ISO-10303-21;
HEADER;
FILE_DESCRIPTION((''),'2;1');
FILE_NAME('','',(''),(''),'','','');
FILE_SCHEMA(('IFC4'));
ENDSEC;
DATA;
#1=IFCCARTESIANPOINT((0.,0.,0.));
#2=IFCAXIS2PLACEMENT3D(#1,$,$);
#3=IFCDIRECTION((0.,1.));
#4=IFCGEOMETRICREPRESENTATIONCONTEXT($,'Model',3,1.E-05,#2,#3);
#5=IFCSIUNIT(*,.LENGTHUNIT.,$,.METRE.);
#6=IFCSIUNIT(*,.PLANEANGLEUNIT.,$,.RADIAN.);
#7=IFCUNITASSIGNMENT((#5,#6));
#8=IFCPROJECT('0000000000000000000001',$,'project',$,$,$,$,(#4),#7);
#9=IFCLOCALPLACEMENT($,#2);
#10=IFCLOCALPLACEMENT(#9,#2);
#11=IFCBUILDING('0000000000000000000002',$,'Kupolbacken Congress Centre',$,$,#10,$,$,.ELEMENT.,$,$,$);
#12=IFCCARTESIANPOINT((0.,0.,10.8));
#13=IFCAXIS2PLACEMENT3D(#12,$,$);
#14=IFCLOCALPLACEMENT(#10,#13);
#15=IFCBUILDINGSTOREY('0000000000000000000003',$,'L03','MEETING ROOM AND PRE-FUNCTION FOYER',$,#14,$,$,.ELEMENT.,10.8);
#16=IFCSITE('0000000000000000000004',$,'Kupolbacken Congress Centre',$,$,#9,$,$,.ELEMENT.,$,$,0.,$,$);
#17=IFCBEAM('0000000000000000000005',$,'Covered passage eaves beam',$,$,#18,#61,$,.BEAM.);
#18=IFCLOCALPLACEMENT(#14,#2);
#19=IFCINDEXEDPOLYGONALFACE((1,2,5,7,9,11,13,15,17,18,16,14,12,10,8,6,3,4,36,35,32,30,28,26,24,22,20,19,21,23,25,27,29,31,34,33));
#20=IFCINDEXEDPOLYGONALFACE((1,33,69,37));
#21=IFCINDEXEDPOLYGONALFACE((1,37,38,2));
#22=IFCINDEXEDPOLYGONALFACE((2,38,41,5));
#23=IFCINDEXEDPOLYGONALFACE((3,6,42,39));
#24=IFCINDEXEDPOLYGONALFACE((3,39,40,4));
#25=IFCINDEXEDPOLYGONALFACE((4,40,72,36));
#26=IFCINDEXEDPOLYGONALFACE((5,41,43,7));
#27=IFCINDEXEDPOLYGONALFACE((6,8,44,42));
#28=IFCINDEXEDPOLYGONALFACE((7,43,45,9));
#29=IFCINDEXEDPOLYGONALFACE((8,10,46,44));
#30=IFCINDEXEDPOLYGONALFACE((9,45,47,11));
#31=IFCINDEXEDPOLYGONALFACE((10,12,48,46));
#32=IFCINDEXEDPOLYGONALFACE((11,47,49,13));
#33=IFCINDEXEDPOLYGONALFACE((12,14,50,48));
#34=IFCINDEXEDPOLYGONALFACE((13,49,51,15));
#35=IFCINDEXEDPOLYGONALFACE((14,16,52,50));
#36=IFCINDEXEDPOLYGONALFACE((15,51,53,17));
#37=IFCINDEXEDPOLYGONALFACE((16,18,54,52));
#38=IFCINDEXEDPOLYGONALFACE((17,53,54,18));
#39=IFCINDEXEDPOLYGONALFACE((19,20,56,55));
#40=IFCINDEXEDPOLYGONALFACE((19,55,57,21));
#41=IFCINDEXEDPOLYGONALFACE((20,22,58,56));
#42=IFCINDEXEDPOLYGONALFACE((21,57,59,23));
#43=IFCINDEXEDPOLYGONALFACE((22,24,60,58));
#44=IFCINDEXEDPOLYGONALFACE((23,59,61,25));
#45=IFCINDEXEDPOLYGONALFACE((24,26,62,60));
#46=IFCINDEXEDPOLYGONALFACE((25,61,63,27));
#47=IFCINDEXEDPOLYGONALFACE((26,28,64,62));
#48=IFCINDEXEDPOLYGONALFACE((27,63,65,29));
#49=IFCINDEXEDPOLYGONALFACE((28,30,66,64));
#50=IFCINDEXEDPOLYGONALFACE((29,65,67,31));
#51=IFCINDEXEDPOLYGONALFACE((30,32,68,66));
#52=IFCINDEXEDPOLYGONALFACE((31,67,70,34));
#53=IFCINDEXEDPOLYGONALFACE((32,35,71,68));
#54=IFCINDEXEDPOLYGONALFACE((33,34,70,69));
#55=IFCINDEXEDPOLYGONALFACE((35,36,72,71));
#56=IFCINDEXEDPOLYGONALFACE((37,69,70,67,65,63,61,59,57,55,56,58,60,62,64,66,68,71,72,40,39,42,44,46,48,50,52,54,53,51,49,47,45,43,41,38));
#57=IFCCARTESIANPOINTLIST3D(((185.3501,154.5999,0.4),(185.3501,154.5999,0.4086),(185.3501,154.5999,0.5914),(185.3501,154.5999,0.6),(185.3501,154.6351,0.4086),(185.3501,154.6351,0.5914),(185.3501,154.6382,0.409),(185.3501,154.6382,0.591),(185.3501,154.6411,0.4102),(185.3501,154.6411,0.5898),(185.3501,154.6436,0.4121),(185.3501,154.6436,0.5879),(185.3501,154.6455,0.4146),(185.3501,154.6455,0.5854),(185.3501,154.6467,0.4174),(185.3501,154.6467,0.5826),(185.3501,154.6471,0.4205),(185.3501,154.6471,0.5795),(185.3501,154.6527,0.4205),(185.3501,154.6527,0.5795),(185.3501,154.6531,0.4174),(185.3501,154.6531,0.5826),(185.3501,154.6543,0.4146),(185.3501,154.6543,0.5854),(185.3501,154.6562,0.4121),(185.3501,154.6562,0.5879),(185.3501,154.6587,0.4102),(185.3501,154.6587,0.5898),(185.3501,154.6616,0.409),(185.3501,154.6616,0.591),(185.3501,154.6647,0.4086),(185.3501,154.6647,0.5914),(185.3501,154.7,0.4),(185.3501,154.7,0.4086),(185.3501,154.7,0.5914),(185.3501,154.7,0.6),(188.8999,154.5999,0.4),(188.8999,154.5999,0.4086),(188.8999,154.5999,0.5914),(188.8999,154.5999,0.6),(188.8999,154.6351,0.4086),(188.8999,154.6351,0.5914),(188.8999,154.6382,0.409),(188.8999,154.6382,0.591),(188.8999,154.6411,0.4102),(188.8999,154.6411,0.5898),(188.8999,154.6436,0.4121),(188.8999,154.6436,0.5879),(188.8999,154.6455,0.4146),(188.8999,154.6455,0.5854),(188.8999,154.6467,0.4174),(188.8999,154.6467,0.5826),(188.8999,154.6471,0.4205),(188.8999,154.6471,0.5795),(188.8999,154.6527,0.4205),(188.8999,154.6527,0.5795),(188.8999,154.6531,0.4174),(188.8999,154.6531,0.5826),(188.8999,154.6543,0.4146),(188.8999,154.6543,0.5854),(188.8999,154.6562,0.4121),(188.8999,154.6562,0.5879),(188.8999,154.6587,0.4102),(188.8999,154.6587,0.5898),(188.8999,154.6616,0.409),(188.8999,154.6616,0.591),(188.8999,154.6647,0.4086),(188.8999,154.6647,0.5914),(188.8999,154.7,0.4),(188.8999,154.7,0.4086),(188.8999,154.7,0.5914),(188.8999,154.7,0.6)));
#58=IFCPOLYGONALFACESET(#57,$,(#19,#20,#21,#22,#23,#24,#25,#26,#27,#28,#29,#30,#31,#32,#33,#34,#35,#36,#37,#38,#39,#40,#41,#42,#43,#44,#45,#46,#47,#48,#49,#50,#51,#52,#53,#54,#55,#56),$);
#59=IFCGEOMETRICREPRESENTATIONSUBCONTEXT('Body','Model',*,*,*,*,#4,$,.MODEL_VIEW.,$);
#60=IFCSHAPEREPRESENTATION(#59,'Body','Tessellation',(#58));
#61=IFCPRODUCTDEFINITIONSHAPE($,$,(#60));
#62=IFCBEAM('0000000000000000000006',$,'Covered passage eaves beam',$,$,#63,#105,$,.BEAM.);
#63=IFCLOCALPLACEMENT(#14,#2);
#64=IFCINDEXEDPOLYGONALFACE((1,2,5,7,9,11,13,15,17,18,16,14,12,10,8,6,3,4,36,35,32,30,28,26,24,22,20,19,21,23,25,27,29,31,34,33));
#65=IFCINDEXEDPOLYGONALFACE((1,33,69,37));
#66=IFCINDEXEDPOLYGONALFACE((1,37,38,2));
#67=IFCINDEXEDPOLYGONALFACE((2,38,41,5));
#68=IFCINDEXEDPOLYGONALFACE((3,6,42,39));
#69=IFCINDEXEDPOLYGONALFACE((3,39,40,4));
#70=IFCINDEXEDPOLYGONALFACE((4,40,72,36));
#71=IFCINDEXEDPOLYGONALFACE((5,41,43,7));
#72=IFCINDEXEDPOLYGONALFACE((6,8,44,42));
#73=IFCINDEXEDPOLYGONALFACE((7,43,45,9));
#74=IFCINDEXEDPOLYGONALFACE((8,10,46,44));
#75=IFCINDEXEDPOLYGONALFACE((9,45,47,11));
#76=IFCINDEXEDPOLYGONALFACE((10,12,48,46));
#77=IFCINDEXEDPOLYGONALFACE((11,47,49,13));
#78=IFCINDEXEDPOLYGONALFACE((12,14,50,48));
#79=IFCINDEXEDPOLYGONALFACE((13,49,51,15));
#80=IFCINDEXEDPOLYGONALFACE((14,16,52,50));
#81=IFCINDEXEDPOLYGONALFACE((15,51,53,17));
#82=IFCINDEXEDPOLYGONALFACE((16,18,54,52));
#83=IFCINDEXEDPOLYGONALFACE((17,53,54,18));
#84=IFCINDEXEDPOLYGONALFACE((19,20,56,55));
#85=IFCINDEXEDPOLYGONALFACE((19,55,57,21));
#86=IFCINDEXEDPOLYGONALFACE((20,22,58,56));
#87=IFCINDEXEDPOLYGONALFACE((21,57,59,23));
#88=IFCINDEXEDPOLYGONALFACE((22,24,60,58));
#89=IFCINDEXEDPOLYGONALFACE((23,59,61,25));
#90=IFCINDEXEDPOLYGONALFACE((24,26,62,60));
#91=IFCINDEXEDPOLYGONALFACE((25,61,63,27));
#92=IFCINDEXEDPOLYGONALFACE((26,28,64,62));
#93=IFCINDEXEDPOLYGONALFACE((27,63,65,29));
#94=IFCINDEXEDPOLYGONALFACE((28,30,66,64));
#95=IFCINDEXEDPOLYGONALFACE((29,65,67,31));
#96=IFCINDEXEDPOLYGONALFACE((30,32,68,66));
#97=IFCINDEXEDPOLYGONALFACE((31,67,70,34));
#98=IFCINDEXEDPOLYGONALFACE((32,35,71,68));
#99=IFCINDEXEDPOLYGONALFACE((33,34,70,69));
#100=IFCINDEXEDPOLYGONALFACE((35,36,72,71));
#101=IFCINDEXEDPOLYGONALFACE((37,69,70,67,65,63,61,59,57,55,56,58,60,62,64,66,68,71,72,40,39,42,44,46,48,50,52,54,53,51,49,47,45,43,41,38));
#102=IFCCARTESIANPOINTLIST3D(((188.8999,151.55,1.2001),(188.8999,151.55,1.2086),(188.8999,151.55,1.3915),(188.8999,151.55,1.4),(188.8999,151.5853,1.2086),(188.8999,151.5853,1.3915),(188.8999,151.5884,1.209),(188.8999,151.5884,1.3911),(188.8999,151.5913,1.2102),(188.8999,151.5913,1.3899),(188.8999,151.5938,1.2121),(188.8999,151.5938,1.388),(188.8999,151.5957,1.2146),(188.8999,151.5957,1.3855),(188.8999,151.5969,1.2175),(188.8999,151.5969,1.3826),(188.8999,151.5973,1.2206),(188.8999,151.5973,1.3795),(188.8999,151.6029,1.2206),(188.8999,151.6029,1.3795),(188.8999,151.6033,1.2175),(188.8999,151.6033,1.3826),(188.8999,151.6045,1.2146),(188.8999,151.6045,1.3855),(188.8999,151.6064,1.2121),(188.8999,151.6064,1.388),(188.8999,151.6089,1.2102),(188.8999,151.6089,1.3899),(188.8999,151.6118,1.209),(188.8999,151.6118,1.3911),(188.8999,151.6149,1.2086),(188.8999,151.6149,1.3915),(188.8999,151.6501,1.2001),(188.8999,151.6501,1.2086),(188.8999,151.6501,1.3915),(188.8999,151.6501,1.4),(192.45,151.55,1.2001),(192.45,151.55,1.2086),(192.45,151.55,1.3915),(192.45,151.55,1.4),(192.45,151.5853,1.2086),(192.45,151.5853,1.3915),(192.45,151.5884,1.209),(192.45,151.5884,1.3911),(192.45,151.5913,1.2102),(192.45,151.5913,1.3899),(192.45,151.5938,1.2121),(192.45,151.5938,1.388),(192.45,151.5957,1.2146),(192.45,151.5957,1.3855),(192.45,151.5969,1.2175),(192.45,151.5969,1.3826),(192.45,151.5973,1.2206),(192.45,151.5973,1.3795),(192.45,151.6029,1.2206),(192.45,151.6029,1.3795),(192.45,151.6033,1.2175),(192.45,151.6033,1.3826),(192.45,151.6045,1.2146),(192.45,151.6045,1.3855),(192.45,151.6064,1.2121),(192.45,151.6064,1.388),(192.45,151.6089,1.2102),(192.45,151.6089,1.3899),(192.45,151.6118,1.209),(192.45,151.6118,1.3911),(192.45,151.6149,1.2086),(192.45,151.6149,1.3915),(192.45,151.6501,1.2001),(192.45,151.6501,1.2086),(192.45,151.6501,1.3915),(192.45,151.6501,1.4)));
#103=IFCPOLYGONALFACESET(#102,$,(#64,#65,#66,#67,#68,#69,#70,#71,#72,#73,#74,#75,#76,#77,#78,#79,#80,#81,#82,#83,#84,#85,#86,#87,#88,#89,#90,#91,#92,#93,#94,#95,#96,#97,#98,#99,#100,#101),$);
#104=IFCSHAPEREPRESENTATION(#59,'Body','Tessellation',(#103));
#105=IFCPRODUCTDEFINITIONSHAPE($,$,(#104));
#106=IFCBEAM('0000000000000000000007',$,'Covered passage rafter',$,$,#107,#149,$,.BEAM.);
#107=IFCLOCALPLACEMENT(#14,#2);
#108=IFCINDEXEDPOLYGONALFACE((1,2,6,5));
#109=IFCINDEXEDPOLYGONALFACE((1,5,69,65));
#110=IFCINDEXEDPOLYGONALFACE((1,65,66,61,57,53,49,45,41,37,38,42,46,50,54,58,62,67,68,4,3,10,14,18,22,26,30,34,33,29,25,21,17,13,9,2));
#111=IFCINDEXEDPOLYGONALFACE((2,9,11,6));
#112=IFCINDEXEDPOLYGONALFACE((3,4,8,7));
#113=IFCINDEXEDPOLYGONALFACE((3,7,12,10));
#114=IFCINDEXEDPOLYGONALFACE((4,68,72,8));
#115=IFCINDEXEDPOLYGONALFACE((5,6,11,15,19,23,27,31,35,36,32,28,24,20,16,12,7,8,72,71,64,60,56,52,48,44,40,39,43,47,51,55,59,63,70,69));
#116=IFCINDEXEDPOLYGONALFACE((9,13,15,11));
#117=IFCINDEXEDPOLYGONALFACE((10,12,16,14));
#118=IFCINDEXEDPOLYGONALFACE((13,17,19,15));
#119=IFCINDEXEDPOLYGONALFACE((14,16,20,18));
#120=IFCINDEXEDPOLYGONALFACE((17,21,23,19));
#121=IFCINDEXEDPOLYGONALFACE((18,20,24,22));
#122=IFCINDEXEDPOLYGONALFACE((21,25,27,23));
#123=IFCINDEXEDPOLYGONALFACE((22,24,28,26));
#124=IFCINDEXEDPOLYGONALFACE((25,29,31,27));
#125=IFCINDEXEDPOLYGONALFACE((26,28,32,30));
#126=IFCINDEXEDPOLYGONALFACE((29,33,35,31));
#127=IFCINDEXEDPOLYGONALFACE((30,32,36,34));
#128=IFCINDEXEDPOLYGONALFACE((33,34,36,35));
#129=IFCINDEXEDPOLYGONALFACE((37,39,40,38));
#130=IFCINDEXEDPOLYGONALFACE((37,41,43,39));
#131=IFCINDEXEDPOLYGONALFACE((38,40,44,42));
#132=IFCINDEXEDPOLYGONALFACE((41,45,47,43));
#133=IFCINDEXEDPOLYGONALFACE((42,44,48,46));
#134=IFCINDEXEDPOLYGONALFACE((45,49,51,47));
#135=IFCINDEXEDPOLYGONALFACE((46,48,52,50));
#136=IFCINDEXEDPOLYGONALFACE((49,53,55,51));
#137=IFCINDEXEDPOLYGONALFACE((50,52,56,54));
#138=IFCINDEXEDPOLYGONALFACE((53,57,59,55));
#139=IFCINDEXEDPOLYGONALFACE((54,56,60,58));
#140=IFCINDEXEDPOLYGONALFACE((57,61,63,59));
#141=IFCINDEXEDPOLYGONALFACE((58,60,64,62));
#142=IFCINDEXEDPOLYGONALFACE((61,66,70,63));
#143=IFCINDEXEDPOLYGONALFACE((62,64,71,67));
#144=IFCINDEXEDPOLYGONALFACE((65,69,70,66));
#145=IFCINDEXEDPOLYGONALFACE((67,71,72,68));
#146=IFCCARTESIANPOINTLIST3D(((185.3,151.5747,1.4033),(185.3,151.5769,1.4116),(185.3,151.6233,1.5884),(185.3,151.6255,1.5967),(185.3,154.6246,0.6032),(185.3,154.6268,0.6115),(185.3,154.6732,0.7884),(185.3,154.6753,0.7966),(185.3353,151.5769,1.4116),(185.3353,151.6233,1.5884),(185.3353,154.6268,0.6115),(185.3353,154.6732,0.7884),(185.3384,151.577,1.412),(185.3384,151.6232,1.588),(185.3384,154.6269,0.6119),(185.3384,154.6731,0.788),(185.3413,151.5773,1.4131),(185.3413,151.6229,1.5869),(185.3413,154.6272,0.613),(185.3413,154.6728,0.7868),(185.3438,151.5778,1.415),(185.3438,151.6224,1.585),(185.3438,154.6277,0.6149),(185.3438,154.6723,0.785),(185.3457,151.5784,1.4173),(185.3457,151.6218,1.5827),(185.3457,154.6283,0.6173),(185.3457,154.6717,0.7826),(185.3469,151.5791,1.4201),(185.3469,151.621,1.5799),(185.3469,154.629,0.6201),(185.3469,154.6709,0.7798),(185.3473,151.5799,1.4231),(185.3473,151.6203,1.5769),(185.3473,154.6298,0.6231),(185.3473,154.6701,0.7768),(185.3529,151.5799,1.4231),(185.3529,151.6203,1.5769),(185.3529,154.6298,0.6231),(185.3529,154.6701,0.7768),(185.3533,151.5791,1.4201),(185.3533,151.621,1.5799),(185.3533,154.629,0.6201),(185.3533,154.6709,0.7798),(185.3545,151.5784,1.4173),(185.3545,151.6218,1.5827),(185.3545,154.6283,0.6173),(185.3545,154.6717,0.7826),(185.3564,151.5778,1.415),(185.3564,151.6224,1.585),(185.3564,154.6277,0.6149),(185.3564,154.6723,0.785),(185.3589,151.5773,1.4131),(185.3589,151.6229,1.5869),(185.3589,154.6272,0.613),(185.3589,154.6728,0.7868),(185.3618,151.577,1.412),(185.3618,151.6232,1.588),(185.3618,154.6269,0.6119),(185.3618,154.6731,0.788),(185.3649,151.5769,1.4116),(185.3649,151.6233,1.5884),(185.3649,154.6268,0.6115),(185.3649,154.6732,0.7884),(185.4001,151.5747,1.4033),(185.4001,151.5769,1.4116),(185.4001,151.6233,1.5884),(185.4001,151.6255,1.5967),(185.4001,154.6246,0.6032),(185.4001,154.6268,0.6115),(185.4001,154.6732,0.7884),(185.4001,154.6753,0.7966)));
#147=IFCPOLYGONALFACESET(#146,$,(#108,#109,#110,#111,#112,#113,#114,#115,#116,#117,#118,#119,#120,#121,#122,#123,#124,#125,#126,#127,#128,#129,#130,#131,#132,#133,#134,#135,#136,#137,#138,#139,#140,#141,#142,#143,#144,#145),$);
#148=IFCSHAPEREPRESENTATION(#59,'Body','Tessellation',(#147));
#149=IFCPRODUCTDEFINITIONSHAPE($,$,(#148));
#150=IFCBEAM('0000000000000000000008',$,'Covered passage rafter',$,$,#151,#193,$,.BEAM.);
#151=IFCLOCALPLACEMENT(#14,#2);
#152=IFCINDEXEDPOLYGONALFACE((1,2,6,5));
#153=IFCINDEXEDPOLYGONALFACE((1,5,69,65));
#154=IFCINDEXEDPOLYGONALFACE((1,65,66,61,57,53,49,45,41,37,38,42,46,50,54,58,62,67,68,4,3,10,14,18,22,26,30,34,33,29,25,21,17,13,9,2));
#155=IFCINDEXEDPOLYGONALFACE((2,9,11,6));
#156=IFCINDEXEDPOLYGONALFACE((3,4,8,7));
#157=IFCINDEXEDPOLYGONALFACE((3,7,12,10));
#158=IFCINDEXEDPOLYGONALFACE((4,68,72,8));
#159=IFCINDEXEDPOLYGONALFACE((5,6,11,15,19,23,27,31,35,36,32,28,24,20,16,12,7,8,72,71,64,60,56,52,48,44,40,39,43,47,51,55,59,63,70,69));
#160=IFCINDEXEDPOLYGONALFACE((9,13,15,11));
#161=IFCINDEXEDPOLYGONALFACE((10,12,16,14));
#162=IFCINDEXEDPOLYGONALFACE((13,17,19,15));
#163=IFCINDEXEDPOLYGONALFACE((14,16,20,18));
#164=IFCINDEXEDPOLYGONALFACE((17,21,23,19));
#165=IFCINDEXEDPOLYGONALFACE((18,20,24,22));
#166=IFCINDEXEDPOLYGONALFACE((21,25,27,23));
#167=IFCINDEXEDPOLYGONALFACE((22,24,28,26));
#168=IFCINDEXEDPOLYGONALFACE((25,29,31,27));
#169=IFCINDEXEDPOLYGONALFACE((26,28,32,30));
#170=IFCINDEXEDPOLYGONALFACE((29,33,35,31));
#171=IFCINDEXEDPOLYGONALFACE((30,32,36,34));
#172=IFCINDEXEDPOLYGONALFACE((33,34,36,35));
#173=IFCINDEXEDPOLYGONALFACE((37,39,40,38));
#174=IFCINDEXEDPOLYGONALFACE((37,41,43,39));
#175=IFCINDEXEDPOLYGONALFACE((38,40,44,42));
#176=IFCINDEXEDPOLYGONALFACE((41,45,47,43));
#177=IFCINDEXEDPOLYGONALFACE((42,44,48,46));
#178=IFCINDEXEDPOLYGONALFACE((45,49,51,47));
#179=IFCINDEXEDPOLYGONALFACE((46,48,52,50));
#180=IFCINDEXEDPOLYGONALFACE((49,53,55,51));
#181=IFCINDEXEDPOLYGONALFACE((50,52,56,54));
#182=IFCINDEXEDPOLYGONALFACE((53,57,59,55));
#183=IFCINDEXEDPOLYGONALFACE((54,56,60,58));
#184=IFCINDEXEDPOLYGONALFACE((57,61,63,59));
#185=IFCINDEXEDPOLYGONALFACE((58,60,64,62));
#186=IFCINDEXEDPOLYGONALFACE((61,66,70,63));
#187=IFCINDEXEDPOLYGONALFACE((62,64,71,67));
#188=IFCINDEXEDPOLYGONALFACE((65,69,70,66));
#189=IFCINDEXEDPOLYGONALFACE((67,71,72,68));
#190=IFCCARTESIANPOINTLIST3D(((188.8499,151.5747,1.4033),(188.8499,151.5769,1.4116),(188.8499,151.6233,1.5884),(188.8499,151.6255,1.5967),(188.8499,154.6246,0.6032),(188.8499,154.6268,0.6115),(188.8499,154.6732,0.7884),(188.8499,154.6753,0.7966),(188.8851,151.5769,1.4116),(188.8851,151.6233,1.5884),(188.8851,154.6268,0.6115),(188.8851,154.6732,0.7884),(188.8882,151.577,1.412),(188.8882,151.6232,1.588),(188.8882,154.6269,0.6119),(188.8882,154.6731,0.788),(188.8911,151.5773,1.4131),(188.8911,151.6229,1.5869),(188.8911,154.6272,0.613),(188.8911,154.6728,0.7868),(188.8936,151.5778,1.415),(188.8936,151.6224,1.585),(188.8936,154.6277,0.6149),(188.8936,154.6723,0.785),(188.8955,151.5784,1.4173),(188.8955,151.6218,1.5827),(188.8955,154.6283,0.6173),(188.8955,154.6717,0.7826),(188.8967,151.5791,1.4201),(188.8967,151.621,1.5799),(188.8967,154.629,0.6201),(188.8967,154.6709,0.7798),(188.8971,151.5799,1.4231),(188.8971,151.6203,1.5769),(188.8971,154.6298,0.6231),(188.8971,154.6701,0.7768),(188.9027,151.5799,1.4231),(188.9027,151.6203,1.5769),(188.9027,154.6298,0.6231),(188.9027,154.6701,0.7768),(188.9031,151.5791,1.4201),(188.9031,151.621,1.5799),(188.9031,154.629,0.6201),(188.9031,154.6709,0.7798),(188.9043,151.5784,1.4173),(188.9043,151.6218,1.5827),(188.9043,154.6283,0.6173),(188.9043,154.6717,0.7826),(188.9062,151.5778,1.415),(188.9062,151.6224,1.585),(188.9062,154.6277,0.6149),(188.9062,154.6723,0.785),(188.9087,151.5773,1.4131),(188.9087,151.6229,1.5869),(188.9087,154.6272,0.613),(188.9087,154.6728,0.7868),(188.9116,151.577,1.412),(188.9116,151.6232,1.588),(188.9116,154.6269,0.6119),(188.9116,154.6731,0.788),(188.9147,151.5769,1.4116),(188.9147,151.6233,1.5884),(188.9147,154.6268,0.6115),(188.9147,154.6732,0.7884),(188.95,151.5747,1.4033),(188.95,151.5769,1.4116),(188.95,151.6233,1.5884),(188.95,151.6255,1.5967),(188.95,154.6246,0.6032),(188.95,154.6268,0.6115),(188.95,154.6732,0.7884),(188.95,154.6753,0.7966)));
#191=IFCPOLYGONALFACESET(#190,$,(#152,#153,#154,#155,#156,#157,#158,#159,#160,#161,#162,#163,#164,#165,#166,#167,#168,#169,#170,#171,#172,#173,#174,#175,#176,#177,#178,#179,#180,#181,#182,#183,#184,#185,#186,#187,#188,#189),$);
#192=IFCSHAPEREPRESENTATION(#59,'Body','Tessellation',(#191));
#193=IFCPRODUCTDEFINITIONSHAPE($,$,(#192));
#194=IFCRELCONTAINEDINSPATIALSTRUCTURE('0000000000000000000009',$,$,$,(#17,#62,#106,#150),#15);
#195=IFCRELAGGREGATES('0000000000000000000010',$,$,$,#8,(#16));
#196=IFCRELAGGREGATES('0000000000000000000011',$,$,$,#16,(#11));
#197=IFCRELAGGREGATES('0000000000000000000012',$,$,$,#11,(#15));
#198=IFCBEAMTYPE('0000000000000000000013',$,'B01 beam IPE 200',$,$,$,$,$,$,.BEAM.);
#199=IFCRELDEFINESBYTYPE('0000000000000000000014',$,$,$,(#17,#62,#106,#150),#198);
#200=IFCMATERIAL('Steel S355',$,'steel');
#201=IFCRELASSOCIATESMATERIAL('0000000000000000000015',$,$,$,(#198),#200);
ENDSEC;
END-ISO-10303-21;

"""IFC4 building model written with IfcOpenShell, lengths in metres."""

from ifc_helpers import new_model, si_unit, direction, frame, origin, origin_2d, place, context, subcontext, project, spatial, i_section, extrude, material, material_profile, profile_set, type_object, element, save


model = new_model("IFC4")

# Units and contexts
model_context = context("Model", 3, precision=1e-05, world=origin(), true_north=direction((0.0, 1.0)))
body_context = subcontext(model_context, "Body", "Model", "MODEL_VIEW")
ifc_project = project(units=[si_unit("LENGTHUNIT", "METRE"), si_unit("PLANEANGLEUNIT", "RADIAN")], contexts=[model_context])

# Site, building, storey
site_placement = place(None, origin())
site = spatial("IfcSite", under=ifc_project, at=site_placement, Name="Kupolbacken Congress Centre", CompositionType="ELEMENT", RefElevation=0.0)
building_placement = place(site_placement, origin())
building = spatial("IfcBuilding", under=site, at=building_placement, Name="Kupolbacken Congress Centre", CompositionType="ELEMENT")
storey_placement = place(building_placement, frame((0.0, 0.0, 10.8)))
storey = spatial("IfcBuildingStorey", under=building, at=storey_placement, Name="L03", Description="MEETING ROOM AND PRE-FUNCTION FOYER", CompositionType="ELEMENT", Elevation=10.8)

# Beams
ifc_material_1 = material(Name="Steel S355", Category="steel")
ifc_material_profile_1 = material_profile(ifc_material_1, i_section(OverallWidth=0.1001, OverallDepth=0.2, WebThickness=0.0056, FlangeThickness=0.0085, FilletRadius=0.012, at=origin_2d()), Name="IPE 200")
ifc_profile_set_1 = profile_set([ifc_material_profile_1], Name="Steel S355")
beam_type = type_object("IfcBeamType", Name="B01 beam IPE 200", PredefinedType="BEAM", material=ifc_profile_set_1)
for number, where, z_axis, x_axis, name in (
    (1, (185.3501, 154.6499, 0.5), (1.0, 0.0, 0.0), (0.0, 1.0, 0.0), "Covered passage eaves beam"),
):
    element("IfcBeam", number, at=place(storey_placement, frame(where, z_axis=z_axis, x_axis=x_axis)), inside=storey, type_object=beam_type, Name=name, PredefinedType="BEAM", context=body_context, shape_type="SweptSolid", body=[
        extrude(i_section(OverallWidth=0.1001, OverallDepth=0.2, WebThickness=0.0056, FlangeThickness=0.0085, FilletRadius=0.012, at=origin_2d()), origin(), (0.0, 0.0, 1.0), 3.5498),
    ])
beam_1_placement = place(storey_placement, frame((188.8999, 151.6001, 1.3), z_axis=(1.0, 0.0, 0.0), x_axis=(0.0, 1.0, 0.0)))
element("IfcBeam", 2, at=beam_1_placement, inside=storey, type_object=beam_type, Name="Covered passage eaves beam", PredefinedType="BEAM", context=body_context, shape_type="SweptSolid", body=[
    extrude(i_section(OverallWidth=0.1001, OverallDepth=0.2, WebThickness=0.0056, FlangeThickness=0.0085, FilletRadius=0.012, at=origin_2d()), origin(), (0.0, 0.0, 1.0), 3.55),
])
for number, where, z_axis, x_axis, name in (
    (3, (185.3501, 151.6001, 1.5), (0.0, 0.967272, -0.253742), (-1.0, 0.0, 0.0), "Covered passage rafter"),
    (4, (188.8999, 151.6001, 1.5), (0.0, 0.967272, -0.253742), (-1.0, 0.0, 0.0), "Covered passage rafter"),
):
    element("IfcBeam", number, at=place(storey_placement, frame(where, z_axis=z_axis, x_axis=x_axis)), inside=storey, type_object=beam_type, Name=name, PredefinedType="BEAM", context=body_context, shape_type="SweptSolid", body=[
        extrude(i_section(OverallWidth=0.1001, OverallDepth=0.2, WebThickness=0.0056, FlangeThickness=0.0085, FilletRadius=0.012, at=origin_2d()), origin(), (0.0, 0.0, 1.0), 3.1531),
    ])

save(model, "model.ifc")
